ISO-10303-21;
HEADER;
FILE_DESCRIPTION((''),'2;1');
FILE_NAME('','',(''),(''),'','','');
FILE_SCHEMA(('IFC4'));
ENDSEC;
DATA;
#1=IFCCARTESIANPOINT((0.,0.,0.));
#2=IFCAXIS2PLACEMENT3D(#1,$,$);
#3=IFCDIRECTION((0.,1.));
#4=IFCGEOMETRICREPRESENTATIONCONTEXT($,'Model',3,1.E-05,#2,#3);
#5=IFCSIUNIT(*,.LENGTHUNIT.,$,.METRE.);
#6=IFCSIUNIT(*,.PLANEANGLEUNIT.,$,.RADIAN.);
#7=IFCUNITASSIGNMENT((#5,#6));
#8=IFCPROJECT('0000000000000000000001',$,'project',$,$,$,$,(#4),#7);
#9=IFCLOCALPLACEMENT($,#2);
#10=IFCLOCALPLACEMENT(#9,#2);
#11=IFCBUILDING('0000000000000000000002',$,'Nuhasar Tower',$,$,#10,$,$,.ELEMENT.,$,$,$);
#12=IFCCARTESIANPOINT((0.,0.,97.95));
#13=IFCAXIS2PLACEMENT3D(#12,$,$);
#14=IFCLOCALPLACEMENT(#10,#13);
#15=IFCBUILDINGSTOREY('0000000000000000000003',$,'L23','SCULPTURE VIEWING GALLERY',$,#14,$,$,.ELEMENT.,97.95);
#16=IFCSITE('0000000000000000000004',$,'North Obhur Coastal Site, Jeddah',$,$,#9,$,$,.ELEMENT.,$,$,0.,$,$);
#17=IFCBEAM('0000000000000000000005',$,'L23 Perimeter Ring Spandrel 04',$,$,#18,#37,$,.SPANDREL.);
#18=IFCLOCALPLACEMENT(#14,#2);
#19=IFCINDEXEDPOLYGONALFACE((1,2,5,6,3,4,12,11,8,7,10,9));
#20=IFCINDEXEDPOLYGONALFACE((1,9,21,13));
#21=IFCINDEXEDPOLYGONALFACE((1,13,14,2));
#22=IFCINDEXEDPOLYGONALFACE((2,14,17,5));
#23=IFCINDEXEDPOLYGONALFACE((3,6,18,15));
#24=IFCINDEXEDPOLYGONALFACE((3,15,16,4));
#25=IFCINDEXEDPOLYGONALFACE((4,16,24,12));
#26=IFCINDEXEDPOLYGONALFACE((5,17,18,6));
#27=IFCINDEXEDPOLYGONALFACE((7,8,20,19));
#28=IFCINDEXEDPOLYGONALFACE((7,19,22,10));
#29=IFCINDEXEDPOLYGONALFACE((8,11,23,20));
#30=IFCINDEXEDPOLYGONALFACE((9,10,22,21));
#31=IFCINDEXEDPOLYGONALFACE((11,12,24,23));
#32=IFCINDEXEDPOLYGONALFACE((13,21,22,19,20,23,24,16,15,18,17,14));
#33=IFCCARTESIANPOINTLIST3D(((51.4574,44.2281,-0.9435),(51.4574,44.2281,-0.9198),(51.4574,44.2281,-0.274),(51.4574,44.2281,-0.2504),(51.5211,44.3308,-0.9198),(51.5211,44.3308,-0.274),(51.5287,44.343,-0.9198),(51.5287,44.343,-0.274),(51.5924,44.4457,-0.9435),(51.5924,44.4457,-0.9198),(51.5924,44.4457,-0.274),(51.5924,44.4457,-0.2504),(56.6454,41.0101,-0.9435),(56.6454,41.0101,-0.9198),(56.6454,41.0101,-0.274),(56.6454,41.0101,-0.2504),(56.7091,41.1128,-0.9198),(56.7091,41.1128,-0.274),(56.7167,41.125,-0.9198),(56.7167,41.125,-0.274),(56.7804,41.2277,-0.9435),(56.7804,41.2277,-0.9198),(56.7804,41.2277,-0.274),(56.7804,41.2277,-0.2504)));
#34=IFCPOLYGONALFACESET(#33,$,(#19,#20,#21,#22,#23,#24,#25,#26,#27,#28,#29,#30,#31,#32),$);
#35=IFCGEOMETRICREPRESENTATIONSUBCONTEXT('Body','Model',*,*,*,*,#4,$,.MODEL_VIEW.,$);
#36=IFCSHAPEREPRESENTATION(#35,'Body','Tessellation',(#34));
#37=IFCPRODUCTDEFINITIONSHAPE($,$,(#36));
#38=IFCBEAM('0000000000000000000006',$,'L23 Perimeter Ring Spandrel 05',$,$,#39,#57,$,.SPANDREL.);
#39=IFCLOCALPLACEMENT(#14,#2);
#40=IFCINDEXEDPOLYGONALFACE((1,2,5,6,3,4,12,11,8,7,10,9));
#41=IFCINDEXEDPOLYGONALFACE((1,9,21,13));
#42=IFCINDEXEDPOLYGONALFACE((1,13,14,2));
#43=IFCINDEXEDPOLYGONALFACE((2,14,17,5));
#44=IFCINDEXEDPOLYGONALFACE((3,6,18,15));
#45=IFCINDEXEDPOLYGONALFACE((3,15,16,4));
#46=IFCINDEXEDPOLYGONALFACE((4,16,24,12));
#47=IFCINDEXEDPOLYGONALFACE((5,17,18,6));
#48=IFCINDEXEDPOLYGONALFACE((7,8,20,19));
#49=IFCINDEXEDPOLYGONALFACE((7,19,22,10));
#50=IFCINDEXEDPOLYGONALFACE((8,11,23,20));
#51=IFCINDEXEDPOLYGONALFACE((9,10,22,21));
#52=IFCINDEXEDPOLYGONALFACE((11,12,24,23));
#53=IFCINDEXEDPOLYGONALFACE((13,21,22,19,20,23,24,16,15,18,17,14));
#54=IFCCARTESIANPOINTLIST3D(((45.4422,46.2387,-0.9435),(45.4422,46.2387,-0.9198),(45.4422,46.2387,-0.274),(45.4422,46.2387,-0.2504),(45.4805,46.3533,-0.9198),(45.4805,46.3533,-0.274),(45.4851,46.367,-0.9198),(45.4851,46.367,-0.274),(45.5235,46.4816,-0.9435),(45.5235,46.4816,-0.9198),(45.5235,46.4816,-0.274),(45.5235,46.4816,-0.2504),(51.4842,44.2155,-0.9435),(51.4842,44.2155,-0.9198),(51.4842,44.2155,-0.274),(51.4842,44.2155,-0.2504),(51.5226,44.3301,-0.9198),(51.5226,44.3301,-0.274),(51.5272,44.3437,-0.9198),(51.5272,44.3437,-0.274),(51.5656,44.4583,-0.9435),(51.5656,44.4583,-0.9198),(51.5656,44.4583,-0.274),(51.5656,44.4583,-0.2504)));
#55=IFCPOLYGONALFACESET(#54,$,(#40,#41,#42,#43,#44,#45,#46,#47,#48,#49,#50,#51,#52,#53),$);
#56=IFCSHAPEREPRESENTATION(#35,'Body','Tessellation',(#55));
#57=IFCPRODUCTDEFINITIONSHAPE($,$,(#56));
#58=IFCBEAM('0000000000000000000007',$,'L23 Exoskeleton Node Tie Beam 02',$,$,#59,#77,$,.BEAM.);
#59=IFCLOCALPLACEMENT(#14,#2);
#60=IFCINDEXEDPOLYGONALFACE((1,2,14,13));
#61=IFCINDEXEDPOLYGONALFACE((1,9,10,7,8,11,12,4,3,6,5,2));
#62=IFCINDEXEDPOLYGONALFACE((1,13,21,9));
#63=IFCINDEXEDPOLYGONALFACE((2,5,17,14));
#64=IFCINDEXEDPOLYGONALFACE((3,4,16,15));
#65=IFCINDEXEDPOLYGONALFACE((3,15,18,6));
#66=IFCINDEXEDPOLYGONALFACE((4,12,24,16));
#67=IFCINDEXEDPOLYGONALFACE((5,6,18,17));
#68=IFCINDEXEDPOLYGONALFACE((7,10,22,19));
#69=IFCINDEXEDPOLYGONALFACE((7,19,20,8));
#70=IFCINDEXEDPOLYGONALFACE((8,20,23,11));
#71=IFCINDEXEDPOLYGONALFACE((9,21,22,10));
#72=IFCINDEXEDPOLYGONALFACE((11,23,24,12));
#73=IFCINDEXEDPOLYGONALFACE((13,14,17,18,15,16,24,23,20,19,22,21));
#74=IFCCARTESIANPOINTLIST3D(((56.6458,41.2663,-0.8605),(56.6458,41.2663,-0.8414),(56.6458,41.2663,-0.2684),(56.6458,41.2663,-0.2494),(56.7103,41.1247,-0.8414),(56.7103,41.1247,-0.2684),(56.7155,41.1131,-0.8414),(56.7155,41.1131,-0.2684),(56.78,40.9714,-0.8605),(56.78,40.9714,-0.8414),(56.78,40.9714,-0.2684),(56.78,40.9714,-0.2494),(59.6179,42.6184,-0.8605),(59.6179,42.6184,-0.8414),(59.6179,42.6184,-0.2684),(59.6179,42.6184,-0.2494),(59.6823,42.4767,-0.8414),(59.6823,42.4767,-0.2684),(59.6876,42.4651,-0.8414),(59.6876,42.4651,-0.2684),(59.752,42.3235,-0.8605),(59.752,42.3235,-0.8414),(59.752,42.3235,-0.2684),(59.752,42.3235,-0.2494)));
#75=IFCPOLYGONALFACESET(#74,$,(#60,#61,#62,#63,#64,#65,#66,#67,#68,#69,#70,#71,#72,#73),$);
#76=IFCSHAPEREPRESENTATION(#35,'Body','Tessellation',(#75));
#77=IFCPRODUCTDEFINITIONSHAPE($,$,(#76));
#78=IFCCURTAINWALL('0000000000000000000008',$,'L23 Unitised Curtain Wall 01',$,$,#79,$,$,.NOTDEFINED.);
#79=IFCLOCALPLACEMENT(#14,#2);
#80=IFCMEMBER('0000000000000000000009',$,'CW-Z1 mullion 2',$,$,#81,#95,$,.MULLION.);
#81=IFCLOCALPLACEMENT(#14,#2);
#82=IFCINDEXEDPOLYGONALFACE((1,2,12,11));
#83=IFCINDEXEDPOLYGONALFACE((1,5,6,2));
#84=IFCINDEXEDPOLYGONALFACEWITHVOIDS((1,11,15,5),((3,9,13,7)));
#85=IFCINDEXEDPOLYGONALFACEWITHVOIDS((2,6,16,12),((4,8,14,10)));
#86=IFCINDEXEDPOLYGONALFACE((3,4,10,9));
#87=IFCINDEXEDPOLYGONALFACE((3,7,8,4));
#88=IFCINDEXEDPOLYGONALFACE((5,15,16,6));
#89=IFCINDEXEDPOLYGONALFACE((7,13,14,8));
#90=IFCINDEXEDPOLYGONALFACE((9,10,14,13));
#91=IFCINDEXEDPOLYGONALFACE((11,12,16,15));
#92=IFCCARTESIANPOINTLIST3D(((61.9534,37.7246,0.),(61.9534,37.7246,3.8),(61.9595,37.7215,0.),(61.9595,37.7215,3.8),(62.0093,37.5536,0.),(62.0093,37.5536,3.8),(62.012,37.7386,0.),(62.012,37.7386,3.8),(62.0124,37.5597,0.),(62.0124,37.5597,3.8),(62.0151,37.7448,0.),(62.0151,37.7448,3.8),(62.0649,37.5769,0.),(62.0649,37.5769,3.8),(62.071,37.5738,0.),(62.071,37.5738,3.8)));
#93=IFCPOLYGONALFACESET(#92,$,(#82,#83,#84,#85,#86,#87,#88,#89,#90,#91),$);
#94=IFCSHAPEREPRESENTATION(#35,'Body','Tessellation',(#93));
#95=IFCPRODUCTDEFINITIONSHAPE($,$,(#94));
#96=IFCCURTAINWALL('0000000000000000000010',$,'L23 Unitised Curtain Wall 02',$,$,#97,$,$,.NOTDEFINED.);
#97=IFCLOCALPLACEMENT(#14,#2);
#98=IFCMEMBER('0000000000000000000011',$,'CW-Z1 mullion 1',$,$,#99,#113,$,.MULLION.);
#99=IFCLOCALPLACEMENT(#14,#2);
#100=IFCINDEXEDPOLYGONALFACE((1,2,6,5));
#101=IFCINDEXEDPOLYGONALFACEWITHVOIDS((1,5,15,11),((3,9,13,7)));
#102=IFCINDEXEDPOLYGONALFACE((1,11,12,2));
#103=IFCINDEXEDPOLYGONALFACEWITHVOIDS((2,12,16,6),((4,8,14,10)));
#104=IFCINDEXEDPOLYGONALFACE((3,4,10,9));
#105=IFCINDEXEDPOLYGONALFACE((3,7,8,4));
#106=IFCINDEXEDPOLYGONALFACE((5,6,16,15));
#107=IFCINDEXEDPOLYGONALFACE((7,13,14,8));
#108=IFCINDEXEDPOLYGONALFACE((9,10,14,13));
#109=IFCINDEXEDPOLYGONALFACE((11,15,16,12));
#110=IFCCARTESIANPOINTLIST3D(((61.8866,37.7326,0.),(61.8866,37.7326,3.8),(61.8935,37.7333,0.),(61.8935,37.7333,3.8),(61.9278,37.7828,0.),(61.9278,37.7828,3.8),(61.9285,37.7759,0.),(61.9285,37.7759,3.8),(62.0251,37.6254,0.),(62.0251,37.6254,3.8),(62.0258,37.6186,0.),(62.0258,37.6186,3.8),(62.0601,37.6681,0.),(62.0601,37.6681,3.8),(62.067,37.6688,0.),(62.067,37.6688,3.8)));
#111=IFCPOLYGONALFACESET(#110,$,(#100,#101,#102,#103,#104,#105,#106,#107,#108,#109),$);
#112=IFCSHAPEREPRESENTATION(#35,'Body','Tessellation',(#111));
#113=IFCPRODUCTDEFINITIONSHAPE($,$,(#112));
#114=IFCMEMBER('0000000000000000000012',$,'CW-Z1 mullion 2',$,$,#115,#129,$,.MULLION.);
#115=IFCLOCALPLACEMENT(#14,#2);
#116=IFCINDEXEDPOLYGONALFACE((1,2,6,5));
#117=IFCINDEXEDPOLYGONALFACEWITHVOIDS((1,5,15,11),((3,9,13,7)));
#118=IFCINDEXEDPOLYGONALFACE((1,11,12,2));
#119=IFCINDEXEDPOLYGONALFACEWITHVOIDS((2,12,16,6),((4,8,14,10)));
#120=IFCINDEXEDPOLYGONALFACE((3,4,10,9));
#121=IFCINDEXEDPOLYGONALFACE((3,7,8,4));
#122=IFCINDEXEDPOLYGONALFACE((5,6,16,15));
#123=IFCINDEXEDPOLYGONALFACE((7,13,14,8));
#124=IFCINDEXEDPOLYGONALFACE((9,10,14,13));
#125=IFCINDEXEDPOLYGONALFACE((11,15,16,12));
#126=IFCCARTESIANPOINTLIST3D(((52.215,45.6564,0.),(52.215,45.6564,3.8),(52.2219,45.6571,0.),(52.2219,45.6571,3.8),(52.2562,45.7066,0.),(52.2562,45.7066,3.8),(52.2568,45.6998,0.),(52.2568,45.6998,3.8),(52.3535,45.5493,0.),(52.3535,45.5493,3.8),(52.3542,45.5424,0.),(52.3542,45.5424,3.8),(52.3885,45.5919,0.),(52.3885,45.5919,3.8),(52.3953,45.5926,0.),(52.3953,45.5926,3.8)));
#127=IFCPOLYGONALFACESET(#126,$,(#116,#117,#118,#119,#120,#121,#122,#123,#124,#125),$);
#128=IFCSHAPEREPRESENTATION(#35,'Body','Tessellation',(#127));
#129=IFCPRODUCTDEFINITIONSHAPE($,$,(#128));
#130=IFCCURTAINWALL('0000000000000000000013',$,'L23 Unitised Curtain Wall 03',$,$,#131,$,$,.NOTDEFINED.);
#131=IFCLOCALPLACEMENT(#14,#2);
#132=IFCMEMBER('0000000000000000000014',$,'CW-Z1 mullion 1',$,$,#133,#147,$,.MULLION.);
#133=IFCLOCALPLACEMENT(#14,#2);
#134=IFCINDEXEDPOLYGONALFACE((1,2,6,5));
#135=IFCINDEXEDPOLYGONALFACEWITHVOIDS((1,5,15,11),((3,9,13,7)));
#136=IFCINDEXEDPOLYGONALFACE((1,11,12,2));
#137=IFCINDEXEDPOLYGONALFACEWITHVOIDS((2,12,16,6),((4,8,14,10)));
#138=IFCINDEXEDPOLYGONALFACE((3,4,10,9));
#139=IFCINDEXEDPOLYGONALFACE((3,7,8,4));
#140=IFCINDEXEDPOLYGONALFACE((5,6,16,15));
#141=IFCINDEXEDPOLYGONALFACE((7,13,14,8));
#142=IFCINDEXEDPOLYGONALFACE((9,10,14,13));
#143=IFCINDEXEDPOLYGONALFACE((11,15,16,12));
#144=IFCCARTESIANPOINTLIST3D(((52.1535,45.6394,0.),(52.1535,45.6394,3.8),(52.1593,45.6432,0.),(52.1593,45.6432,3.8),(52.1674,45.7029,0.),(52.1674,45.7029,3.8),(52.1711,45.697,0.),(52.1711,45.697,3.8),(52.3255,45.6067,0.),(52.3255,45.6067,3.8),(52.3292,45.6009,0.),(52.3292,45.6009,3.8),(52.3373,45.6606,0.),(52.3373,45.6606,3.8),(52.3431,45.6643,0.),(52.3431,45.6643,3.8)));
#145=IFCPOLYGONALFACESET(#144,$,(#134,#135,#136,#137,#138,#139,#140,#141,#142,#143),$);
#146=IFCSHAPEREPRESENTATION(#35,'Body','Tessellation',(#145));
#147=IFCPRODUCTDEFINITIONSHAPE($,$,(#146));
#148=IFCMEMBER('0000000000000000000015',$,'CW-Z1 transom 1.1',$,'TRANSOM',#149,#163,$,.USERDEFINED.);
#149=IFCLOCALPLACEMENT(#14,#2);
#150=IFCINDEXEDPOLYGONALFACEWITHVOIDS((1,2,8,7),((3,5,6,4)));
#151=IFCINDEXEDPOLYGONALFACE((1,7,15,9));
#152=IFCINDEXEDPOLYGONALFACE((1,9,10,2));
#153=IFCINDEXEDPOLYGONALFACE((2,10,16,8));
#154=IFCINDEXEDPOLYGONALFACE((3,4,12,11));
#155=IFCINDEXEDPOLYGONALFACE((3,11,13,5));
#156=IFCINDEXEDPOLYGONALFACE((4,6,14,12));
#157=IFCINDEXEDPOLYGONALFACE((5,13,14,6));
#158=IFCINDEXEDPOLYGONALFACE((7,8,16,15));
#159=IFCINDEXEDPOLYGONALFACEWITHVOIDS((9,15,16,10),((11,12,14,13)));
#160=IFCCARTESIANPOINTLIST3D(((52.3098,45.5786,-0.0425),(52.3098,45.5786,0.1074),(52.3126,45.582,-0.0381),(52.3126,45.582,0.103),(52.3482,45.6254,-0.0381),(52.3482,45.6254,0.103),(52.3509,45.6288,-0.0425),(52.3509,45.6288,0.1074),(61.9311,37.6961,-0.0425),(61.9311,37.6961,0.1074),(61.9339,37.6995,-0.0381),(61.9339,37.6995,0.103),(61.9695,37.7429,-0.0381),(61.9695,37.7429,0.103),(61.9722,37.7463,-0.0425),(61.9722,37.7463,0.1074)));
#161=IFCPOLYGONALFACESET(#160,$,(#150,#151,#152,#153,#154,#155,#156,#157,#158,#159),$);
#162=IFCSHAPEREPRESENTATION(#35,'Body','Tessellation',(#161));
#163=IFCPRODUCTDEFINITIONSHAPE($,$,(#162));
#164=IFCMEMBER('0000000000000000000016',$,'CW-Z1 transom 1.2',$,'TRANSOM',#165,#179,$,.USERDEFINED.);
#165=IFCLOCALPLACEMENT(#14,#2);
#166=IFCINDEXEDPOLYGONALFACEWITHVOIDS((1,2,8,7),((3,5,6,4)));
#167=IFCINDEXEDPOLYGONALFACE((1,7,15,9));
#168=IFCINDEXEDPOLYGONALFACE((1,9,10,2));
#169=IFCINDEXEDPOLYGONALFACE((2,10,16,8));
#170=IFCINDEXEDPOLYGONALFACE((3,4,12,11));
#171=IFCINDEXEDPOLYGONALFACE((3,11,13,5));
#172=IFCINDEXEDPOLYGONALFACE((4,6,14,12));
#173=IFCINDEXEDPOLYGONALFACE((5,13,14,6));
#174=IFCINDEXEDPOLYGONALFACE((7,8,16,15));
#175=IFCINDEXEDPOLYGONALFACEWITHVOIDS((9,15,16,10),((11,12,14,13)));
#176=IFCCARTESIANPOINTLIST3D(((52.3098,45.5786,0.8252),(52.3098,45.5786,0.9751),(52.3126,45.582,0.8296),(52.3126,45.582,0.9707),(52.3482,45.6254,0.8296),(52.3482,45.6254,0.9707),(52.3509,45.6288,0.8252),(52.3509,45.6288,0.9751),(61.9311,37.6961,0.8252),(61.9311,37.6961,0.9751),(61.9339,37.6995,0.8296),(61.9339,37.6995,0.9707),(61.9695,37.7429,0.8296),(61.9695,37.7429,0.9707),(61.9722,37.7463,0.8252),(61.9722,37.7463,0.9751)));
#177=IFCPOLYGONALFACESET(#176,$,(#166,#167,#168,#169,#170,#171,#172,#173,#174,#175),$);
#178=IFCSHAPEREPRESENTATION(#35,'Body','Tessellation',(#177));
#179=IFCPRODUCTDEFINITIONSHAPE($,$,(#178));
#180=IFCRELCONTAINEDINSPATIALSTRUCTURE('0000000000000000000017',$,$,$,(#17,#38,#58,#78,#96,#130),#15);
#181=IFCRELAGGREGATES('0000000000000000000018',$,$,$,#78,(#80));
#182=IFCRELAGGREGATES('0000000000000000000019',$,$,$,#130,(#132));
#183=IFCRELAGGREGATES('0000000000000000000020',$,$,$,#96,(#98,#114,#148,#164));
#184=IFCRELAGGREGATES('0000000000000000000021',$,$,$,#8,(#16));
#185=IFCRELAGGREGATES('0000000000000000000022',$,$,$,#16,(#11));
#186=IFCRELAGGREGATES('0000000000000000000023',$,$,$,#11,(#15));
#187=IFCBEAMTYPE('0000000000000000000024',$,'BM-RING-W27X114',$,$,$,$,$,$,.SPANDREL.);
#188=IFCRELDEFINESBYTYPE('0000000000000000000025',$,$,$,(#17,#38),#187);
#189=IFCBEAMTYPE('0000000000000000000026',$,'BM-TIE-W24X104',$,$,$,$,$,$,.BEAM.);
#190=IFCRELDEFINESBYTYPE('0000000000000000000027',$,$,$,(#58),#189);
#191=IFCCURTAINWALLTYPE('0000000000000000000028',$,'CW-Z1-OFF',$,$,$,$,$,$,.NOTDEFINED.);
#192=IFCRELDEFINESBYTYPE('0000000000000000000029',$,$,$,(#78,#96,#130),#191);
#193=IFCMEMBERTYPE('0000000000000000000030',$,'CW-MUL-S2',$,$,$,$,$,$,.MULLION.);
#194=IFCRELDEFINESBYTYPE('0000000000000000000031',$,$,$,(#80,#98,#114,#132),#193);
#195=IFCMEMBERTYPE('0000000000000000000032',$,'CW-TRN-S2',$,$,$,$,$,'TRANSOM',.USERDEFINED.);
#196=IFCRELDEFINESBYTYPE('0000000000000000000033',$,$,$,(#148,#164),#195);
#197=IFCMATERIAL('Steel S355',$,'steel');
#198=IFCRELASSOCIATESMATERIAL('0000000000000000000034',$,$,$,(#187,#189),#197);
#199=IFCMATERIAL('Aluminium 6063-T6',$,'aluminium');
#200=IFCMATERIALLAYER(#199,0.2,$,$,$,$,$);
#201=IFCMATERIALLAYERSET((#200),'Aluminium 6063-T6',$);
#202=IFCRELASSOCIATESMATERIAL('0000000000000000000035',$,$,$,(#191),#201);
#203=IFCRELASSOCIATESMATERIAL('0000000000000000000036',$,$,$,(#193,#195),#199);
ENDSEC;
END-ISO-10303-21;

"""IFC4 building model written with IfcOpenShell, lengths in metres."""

from ifc_helpers import new_model, si_unit, direction, frame, origin, origin_2d, place, context, subcontext, project, spatial, hollow_rectangle, i_section, extrude, material, layer, layer_set, material_profile, profile_set, type_object, element, aggregate, save


model = new_model("IFC4")

# Units and contexts
model_context = context("Model", 3, precision=1e-05, world=origin(), true_north=direction((0.0, 1.0)))
body_context = subcontext(model_context, "Body", "Model", "MODEL_VIEW")
ifc_project = project(units=[si_unit("LENGTHUNIT", "METRE"), si_unit("PLANEANGLEUNIT", "RADIAN")], contexts=[model_context])

# Site, building, storey
site_placement = place(None, origin())
site = spatial("IfcSite", under=ifc_project, at=site_placement, Name="North Obhur Coastal Site, Jeddah", CompositionType="ELEMENT", RefElevation=0.0)
building_placement = place(site_placement, origin())
building = spatial("IfcBuilding", under=site, at=building_placement, Name="Nuhasar Tower", CompositionType="ELEMENT")
storey_placement = place(building_placement, frame((0.0, 0.0, 97.95)))
storey = spatial("IfcBuildingStorey", under=building, at=storey_placement, Name="L23", Description="SCULPTURE VIEWING GALLERY", CompositionType="ELEMENT", Elevation=97.95)

# Beams
ifc_material_1 = material(Name="Steel S355", Category="steel")
ifc_material_profile_1 = material_profile(ifc_material_1, i_section(OverallWidth=0.2561, OverallDepth=0.6931, WebThickness=0.0144, FlangeThickness=0.0237, at=origin_2d()), Name="W27X114")
ifc_profile_set_1 = profile_set([ifc_material_profile_1], Name="Steel S355")
beam_type_1 = type_object("IfcBeamType", Name="BM-RING-W27X114", PredefinedType="SPANDREL", material=ifc_profile_set_1)
beam_1_placement = place(storey_placement, frame((56.7129, 41.1189, -0.5969), z_axis=(-0.849795, 0.527113, 0.0), x_axis=(-0.527113, -0.849795, 0.0)))
element("IfcBeam", 1, at=beam_1_placement, inside=storey, type_object=beam_type_1, Name="L23 Perimeter Ring Spandrel 04", PredefinedType="SPANDREL", context=body_context, shape_type="SweptSolid", body=[
    extrude(i_section(OverallWidth=0.2561, OverallDepth=0.6931, WebThickness=0.0144, FlangeThickness=0.0237, at=origin_2d()), origin(), (0.0, 0.0, 1.0), 6.105),
])
beam_2_placement = place(storey_placement, frame((51.5249, 44.3369, -0.5969), z_axis=(-0.948249, 0.317526, 0.0), x_axis=(-0.317526, -0.948249, 0.0)))
element("IfcBeam", 2, at=beam_2_placement, inside=storey, type_object=beam_type_1, Name="L23 Perimeter Ring Spandrel 05", PredefinedType="SPANDREL", context=body_context, shape_type="SweptSolid", body=[
    extrude(i_section(OverallWidth=0.2561, OverallDepth=0.6931, WebThickness=0.0144, FlangeThickness=0.0237, at=origin_2d()), origin(), (0.0, 0.0, 1.0), 6.3718),
])
ifc_material_profile_2 = material_profile(ifc_material_1, i_section(OverallWidth=0.324, OverallDepth=0.6111, WebThickness=0.0127, FlangeThickness=0.019, at=origin_2d()), Name="W24X104")
ifc_profile_set_2 = profile_set([ifc_material_profile_2], Name="Steel S355")
beam_type_2 = type_object("IfcBeamType", Name="BM-TIE-W24X104", PredefinedType="BEAM", material=ifc_profile_set_2)
beam_3_placement = place(storey_placement, frame((56.7129, 41.1189, -0.5549), z_axis=(0.910244, 0.414073, 0.0), x_axis=(-0.414073, 0.910244, 0.0)))
element("IfcBeam", 3, at=beam_3_placement, inside=storey, type_object=beam_type_2, Name="L23 Exoskeleton Node Tie Beam 02", PredefinedType="BEAM", context=body_context, shape_type="SweptSolid", body=[
    extrude(i_section(OverallWidth=0.324, OverallDepth=0.6111, WebThickness=0.0127, FlangeThickness=0.019, at=origin_2d()), origin(), (0.0, 0.0, 1.0), 3.2651),
])

# Curtain wall, member
ifc_material_2 = material(Name="Aluminium 6063-T6", Category="aluminium")
ifc_layer_1 = layer(ifc_material_2, 0.2)
ifc_layer_set_1 = layer_set([ifc_layer_1], Name="Aluminium 6063-T6")
curtain_wall_type = type_object("IfcCurtainWallType", Name="CW-Z1-OFF", PredefinedType="NOTDEFINED", material=ifc_layer_set_1)
curtain_wall_1_placement = place(storey_placement, origin())
curtain_wall_1 = element("IfcCurtainWall", 4, at=curtain_wall_1_placement, inside=storey, type_object=curtain_wall_type, Name="L23 Unitised Curtain Wall 01", PredefinedType="NOTDEFINED")
ifc_material_profile_3 = material_profile(ifc_material_2, hollow_rectangle(XDim=0.0649, YDim=0.1799, WallThickness=0.0049, at=origin_2d()), Name="CWM-2")
ifc_profile_set_3 = profile_set([ifc_material_profile_3], Name="Aluminium 6063-T6")
member_type_1 = type_object("IfcMemberType", Name="CW-MUL-S2", PredefinedType="MULLION", material=ifc_profile_set_3)
member_1_placement = place(storey_placement, frame((62.0122, 37.6492, 0.0), z_axis=(0.0, 0.0, 1.0), x_axis=(-0.950468, -0.310824, 0.0)))
member_1 = element("IfcMember", 5, at=member_1_placement, type_object=member_type_1, Name="CW-Z1 mullion 2", PredefinedType="MULLION", context=body_context, shape_type="SweptSolid", body=[
    extrude(hollow_rectangle(XDim=0.0649, YDim=0.1799, WallThickness=0.0049, at=origin_2d()), origin(), (0.0, 0.0, 1.0), 3.8),
])
aggregate(curtain_wall_1, [member_1])

# Curtain wall, members
curtain_wall_2_placement = place(storey_placement, origin())
curtain_wall_2 = element("IfcCurtainWall", 6, at=curtain_wall_2_placement, inside=storey, type_object=curtain_wall_type, Name="L23 Unitised Curtain Wall 02", PredefinedType="NOTDEFINED")
member_2_placement = place(storey_placement, frame((61.9768, 37.7007, 0.0), z_axis=(0.0, 0.0, 1.0), x_axis=(-0.633745, -0.773542, 0.0)))
member_2 = element("IfcMember", 7, at=member_2_placement, type_object=member_type_1, Name="CW-Z1 mullion 1", PredefinedType="MULLION", context=body_context, shape_type="SweptSolid", body=[
    extrude(hollow_rectangle(XDim=0.0649, YDim=0.1799, WallThickness=0.0049, at=origin_2d()), origin(), (0.0, 0.0, 1.0), 3.8),
])
member_3_placement = place(storey_placement, frame((52.3052, 45.6245, 0.0), z_axis=(0.0, 0.0, 1.0), x_axis=(-0.633745, -0.773542, 0.0)))
member_3 = element("IfcMember", 8, at=member_3_placement, type_object=member_type_1, Name="CW-Z1 mullion 2", PredefinedType="MULLION", context=body_context, shape_type="SweptSolid", body=[
    extrude(hollow_rectangle(XDim=0.0649, YDim=0.1799, WallThickness=0.0049, at=origin_2d()), origin(), (0.0, 0.0, 1.0), 3.8),
])

# Curtain wall, member
curtain_wall_3_placement = place(storey_placement, origin())
curtain_wall_3 = element("IfcCurtainWall", 9, at=curtain_wall_3_placement, inside=storey, type_object=curtain_wall_type, Name="L23 Unitised Curtain Wall 03", PredefinedType="NOTDEFINED")
member_4_placement = place(storey_placement, frame((52.2483, 45.6519, 0.0), z_axis=(0.0, 0.0, 1.0), x_axis=(-0.214399, -0.976746, 0.0)))
member_4 = element("IfcMember", 10, at=member_4_placement, type_object=member_type_1, Name="CW-Z1 mullion 1", PredefinedType="MULLION", context=body_context, shape_type="SweptSolid", body=[
    extrude(hollow_rectangle(XDim=0.0649, YDim=0.1799, WallThickness=0.0049, at=origin_2d()), origin(), (0.0, 0.0, 1.0), 3.8),
])

# Members
ifc_material_profile_4 = material_profile(ifc_material_2, hollow_rectangle(XDim=0.0649, YDim=0.1499, WallThickness=0.0044, at=origin_2d()), Name="CWT-2")
ifc_profile_set_4 = profile_set([ifc_material_profile_4], Name="Aluminium 6063-T6")
member_type_2 = type_object("IfcMemberType", Name="CW-TRN-S2", ElementType="TRANSOM", PredefinedType="USERDEFINED", material=ifc_profile_set_4)
member_5_placement = place(storey_placement, frame((61.9517, 37.7212, 0.0325), z_axis=(-0.773541, 0.633746, 0.0), x_axis=(-0.633746, -0.773541, 0.0)))
member_5 = element("IfcMember", 11, at=member_5_placement, type_object=member_type_2, Name="CW-Z1 transom 1.1", ObjectType="TRANSOM", PredefinedType="USERDEFINED", context=body_context, shape_type="SweptSolid", body=[
    extrude(hollow_rectangle(XDim=0.0649, YDim=0.1499, WallThickness=0.0044, at=origin_2d()), origin(), (0.0, 0.0, 1.0), 12.438),
])
member_6_placement = place(storey_placement, frame((61.9517, 37.7212, 0.9001), z_axis=(-0.773541, 0.633746, 0.0), x_axis=(-0.633746, -0.773541, 0.0)))
member_6 = element("IfcMember", 12, at=member_6_placement, type_object=member_type_2, Name="CW-Z1 transom 1.2", ObjectType="TRANSOM", PredefinedType="USERDEFINED", context=body_context, shape_type="SweptSolid", body=[
    extrude(hollow_rectangle(XDim=0.0649, YDim=0.1499, WallThickness=0.0044, at=origin_2d()), origin(), (0.0, 0.0, 1.0), 12.438),
])
aggregate(curtain_wall_3, [member_4])

aggregate(curtain_wall_2, [member_2, member_3, member_5, member_6])

save(model, "model.ifc")
